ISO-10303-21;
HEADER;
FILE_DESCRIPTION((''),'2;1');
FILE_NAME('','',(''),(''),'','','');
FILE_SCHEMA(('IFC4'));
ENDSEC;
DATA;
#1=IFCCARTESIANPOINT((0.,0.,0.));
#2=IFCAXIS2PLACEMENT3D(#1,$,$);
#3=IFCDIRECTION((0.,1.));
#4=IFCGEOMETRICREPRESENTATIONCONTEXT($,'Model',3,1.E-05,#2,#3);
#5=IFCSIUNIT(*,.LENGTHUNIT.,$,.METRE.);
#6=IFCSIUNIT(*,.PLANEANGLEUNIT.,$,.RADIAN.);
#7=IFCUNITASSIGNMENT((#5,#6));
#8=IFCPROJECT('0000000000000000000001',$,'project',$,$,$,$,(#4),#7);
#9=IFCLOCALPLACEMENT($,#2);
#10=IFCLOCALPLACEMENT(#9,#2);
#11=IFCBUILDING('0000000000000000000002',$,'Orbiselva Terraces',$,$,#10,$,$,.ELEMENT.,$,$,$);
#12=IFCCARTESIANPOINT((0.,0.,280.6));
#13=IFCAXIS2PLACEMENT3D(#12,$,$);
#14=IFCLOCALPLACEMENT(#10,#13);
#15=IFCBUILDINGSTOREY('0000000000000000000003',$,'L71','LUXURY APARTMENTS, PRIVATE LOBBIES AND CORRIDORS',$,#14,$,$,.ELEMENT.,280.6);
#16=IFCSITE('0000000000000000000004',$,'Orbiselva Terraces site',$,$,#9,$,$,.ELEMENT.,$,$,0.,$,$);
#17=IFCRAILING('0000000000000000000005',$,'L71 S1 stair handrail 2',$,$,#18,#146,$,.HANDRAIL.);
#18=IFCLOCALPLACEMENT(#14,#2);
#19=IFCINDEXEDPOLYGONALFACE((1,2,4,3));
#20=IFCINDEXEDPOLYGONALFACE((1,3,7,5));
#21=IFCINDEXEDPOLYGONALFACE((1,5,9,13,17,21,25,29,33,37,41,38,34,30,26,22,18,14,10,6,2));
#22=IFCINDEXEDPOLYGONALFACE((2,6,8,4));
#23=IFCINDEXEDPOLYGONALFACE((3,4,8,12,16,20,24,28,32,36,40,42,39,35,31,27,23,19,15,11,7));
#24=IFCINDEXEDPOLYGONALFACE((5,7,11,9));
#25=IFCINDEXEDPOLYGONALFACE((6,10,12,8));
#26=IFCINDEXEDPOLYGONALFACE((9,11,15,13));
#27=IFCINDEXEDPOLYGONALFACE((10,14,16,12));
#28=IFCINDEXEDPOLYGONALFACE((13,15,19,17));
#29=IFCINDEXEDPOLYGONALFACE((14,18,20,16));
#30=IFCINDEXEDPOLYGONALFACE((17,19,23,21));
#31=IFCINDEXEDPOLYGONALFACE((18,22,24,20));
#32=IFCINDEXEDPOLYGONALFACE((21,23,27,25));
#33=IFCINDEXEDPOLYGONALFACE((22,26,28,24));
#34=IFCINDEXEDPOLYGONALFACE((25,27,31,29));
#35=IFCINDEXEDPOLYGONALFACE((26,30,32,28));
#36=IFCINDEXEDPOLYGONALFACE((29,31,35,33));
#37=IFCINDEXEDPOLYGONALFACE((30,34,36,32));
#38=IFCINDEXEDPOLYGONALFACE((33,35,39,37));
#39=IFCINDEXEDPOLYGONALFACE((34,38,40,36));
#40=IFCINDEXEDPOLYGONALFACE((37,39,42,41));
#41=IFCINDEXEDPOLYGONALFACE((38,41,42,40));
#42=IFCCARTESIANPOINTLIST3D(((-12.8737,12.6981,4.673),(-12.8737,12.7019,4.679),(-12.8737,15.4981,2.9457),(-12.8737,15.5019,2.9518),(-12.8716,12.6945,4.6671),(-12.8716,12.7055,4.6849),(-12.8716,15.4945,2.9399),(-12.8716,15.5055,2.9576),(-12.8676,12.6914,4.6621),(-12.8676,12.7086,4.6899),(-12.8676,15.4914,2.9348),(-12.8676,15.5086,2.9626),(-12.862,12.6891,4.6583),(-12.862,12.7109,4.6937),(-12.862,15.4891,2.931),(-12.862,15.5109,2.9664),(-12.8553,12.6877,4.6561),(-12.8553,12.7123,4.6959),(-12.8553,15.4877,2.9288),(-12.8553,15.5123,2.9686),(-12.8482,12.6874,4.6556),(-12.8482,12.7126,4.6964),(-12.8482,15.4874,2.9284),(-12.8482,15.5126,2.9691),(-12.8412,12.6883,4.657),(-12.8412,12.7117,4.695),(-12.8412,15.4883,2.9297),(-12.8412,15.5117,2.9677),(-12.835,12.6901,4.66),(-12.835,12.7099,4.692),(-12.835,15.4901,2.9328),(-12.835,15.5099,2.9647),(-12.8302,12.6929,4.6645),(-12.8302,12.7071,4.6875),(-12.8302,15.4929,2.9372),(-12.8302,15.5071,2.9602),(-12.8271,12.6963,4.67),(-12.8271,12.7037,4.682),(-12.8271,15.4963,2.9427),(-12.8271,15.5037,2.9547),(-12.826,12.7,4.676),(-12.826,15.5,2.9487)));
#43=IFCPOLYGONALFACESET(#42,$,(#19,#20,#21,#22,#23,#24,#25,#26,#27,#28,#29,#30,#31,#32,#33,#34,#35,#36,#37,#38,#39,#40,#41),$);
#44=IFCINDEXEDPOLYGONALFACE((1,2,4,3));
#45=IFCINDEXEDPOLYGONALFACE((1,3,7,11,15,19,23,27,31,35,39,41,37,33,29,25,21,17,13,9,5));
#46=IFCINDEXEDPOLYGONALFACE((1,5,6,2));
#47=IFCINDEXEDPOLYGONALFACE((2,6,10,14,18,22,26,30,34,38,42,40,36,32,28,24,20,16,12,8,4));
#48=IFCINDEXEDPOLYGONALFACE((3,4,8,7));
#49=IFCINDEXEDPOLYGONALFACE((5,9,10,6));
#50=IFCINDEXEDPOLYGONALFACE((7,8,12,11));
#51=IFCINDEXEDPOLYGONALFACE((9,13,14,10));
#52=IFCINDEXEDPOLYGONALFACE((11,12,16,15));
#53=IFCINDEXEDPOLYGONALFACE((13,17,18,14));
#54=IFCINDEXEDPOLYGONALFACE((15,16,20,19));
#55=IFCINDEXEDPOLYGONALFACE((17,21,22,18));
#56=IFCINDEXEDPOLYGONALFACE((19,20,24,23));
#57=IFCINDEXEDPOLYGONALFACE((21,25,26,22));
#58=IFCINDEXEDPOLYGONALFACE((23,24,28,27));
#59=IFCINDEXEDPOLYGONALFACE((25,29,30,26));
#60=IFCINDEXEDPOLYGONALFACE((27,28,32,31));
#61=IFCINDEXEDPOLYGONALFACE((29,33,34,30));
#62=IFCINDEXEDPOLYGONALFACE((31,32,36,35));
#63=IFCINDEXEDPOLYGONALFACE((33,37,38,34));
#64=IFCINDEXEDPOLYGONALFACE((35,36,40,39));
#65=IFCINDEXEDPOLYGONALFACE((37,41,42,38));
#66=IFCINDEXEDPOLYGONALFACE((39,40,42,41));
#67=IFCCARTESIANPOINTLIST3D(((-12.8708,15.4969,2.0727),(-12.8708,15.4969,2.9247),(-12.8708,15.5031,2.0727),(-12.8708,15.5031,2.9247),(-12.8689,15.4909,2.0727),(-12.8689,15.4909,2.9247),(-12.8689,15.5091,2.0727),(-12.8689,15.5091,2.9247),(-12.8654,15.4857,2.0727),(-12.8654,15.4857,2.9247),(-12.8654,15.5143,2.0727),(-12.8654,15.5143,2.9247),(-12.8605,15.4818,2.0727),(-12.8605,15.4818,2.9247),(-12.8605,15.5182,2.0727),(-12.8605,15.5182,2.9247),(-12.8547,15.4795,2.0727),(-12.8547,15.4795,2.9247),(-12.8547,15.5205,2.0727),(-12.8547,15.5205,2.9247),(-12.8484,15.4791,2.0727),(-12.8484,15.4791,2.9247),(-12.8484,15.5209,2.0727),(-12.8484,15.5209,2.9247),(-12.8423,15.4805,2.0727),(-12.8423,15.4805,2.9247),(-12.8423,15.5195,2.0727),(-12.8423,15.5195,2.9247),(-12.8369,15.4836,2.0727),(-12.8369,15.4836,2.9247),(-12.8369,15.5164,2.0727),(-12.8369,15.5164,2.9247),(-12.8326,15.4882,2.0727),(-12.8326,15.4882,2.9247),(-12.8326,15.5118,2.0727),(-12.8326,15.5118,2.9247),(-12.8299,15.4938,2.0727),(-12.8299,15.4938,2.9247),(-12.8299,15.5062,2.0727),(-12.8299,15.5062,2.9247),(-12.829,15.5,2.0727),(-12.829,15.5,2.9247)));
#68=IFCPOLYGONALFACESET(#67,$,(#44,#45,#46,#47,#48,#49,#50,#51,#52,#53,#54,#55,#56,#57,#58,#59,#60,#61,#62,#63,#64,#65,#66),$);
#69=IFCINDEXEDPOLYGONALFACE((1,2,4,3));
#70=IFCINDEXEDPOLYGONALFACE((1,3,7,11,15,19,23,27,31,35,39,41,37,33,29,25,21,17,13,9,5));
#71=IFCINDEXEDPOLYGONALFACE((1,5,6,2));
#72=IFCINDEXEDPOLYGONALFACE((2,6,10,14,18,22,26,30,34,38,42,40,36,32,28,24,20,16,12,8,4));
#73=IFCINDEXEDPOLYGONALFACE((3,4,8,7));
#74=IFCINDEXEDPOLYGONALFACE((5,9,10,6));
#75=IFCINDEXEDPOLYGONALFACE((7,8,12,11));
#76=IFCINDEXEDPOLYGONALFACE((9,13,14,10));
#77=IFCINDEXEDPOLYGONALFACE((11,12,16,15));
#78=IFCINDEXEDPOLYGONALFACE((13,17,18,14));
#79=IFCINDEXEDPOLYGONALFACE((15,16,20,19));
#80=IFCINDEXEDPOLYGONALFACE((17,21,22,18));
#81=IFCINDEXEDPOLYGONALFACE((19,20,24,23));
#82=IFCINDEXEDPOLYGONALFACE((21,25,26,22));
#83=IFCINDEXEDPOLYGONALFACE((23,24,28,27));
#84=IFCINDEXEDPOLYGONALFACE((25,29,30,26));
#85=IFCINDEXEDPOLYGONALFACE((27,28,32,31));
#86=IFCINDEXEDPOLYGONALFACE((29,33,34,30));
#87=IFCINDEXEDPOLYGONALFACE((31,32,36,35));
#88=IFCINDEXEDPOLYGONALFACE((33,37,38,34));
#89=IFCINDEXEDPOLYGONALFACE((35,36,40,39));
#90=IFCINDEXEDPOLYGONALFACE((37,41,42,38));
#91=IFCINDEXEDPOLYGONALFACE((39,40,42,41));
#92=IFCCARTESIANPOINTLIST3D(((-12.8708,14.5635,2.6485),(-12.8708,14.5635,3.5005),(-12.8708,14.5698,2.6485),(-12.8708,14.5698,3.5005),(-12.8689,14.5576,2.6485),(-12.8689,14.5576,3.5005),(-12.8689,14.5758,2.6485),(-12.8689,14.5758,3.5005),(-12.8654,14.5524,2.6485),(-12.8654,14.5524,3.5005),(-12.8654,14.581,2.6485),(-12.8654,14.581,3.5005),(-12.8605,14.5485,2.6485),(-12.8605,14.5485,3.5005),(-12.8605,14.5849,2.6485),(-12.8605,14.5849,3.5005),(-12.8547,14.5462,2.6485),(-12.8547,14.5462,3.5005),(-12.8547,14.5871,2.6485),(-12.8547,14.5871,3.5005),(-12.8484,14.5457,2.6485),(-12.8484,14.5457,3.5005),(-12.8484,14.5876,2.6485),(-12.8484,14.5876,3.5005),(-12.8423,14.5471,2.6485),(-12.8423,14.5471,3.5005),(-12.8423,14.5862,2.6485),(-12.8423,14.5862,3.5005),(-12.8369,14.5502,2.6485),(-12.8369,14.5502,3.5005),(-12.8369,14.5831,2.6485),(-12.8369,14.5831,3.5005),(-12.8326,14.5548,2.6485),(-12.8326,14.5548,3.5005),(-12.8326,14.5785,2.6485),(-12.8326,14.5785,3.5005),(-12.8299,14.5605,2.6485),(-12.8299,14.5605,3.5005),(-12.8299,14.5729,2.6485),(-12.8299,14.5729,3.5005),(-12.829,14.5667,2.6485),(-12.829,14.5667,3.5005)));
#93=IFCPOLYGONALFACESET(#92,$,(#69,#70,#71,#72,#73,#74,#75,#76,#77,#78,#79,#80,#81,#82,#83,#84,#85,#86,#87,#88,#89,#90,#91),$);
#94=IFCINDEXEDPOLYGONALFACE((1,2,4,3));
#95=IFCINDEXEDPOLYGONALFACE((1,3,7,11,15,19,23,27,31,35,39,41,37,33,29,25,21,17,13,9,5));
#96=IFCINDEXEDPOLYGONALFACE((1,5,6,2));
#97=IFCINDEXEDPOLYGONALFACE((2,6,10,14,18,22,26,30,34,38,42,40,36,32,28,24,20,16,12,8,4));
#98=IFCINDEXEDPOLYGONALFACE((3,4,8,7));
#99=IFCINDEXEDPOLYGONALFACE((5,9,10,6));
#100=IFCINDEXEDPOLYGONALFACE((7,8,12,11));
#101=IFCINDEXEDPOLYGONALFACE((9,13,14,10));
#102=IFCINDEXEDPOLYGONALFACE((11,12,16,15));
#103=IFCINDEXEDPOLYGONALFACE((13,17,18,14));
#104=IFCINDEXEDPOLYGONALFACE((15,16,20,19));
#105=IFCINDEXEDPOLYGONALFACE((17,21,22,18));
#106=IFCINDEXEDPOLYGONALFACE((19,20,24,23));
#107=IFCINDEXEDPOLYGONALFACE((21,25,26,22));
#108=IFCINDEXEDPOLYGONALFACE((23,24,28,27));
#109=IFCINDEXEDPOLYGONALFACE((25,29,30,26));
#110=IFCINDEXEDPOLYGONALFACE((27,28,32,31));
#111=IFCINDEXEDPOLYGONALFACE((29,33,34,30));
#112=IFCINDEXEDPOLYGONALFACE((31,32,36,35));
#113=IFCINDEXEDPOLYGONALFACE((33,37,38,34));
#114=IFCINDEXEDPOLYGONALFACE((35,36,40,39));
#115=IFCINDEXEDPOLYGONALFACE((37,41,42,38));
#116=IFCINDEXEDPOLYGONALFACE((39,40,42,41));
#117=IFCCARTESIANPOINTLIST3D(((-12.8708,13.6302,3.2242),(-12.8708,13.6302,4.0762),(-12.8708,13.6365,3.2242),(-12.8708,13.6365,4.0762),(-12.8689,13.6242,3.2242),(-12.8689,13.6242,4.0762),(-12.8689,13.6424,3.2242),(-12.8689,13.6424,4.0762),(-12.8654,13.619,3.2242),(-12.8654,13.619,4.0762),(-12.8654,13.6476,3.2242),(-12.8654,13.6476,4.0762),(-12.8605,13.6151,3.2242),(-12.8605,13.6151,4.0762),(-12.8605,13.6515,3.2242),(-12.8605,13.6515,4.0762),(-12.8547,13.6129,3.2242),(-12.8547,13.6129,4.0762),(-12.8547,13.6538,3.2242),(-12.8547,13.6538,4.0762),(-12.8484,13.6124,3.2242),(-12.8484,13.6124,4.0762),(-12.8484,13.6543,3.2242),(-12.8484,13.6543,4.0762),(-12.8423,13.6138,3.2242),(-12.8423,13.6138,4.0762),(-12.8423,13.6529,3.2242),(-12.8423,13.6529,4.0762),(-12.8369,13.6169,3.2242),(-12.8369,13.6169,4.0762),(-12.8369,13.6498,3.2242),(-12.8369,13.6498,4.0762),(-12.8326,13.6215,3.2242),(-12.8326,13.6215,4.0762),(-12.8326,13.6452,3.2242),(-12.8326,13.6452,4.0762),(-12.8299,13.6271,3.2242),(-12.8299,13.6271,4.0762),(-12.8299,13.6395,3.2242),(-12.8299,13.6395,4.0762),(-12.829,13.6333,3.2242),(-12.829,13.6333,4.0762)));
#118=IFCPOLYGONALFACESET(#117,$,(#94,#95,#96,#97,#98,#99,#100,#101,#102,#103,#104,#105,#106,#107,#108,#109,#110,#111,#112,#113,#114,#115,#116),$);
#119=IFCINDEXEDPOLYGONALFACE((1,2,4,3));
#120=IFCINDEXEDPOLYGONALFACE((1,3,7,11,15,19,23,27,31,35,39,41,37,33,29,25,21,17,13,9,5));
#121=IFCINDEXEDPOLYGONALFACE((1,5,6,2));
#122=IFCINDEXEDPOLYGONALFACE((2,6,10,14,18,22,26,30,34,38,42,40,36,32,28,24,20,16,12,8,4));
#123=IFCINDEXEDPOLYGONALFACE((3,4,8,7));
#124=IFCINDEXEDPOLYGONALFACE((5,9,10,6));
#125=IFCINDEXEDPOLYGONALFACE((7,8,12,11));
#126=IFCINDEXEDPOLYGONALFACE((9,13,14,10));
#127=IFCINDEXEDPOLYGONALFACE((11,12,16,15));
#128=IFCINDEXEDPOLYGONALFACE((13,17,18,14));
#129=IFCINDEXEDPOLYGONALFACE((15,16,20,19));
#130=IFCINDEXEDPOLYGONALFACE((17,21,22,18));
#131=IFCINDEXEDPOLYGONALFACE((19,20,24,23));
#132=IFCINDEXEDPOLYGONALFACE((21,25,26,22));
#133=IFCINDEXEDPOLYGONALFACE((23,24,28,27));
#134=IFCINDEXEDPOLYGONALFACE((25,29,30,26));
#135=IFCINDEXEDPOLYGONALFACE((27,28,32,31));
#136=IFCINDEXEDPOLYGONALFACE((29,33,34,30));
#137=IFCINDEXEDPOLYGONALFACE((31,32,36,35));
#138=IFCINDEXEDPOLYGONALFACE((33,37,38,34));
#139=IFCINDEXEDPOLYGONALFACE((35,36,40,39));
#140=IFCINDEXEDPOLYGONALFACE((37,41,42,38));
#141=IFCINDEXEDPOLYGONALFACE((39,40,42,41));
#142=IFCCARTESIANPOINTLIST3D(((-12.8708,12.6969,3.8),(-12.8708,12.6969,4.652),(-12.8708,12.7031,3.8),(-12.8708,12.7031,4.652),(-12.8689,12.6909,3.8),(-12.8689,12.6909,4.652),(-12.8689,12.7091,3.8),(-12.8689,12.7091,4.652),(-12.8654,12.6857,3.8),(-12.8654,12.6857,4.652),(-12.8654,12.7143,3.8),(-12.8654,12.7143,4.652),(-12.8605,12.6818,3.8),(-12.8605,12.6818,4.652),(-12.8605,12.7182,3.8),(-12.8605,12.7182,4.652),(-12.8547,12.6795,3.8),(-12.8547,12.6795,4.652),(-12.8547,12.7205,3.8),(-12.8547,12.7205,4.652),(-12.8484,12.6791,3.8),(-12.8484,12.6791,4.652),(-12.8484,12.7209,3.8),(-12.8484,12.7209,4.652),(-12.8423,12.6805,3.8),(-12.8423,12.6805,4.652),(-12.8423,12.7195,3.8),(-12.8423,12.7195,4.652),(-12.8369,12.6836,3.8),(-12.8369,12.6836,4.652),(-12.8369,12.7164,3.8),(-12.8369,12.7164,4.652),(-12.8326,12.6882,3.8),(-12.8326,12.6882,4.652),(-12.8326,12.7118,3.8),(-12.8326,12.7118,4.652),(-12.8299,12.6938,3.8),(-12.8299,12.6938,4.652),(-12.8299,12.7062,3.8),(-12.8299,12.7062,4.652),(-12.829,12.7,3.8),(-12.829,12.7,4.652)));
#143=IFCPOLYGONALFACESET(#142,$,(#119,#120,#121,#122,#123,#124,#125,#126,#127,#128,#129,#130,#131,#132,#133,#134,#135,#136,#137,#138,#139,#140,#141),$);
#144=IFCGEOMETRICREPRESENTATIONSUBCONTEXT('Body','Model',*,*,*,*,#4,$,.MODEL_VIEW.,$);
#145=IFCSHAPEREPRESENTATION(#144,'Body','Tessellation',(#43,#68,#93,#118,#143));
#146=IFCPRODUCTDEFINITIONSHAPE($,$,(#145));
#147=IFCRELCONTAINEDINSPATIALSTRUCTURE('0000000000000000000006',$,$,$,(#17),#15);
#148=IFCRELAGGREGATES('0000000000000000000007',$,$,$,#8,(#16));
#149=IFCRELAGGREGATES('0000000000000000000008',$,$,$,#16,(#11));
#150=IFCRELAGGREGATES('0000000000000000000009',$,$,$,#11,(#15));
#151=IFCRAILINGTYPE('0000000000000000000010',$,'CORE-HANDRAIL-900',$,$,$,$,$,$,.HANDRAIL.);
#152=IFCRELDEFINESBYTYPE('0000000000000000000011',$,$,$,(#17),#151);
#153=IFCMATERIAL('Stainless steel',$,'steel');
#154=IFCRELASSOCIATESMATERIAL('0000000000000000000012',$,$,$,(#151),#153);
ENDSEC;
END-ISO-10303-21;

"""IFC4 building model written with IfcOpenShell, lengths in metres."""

from ifc_helpers import new_model, si_unit, direction, frame, origin, origin_2d, place, context, subcontext, project, spatial, circle, extrude, material, type_object, element, save


model = new_model("IFC4")

# Units and contexts
model_context = context("Model", 3, precision=1e-05, world=origin(), true_north=direction((0.0, 1.0)))
body_context = subcontext(model_context, "Body", "Model", "MODEL_VIEW")
ifc_project = project(units=[si_unit("LENGTHUNIT", "METRE"), si_unit("PLANEANGLEUNIT", "RADIAN")], contexts=[model_context])

# Site, building, storey
site_placement = place(None, origin())
site = spatial("IfcSite", under=ifc_project, at=site_placement, Name="Orbiselva Terraces site", CompositionType="ELEMENT", RefElevation=0.0)
building_placement = place(site_placement, origin())
building = spatial("IfcBuilding", under=site, at=building_placement, Name="Orbiselva Terraces", CompositionType="ELEMENT")
storey_placement = place(building_placement, frame((0.0, 0.0, 280.6)))
storey = spatial("IfcBuildingStorey", under=building, at=storey_placement, Name="L71", Description="LUXURY APARTMENTS, PRIVATE LOBBIES AND CORRIDORS", CompositionType="ELEMENT", Elevation=280.6)

# Railing
ifc_material_1 = material(Name="Stainless steel", Category="steel")
railing_type_1 = type_object("IfcRailingType", Name="CORE-HANDRAIL-900", PredefinedType="HANDRAIL", material=ifc_material_1)
railing_1_placement = place(storey_placement, frame((-12.85, 15.5, 2.0727)))
element("IfcRailing", 1, at=railing_1_placement, inside=storey, type_object=railing_type_1, Name="L71 S1 stair handrail 2", PredefinedType="HANDRAIL", context=body_context, shape_type="SweptSolid", body=[
    extrude(circle(Radius=0.024, at=origin_2d()), frame((0.0, 0.0, 0.876), z_axis=(0.0, -0.851089, 0.525022), x_axis=(1.0, 0.0, 0.0)), (0.0, 0.0, 1.0), 3.2899),
    extrude(circle(Radius=0.021, at=origin_2d()), origin(), (0.0, 0.0, 1.0), 0.852),
    extrude(circle(Radius=0.021, at=origin_2d()), frame((0.0, -0.9333, 0.5758)), (0.0, 0.0, 1.0), 0.852),
    extrude(circle(Radius=0.021, at=origin_2d()), frame((0.0, -1.8667, 1.1515)), (0.0, 0.0, 1.0), 0.852),
    extrude(circle(Radius=0.021, at=origin_2d()), frame((0.0, -2.8, 1.7273)), (0.0, 0.0, 1.0), 0.852),
])

save(model, "model.ifc")
